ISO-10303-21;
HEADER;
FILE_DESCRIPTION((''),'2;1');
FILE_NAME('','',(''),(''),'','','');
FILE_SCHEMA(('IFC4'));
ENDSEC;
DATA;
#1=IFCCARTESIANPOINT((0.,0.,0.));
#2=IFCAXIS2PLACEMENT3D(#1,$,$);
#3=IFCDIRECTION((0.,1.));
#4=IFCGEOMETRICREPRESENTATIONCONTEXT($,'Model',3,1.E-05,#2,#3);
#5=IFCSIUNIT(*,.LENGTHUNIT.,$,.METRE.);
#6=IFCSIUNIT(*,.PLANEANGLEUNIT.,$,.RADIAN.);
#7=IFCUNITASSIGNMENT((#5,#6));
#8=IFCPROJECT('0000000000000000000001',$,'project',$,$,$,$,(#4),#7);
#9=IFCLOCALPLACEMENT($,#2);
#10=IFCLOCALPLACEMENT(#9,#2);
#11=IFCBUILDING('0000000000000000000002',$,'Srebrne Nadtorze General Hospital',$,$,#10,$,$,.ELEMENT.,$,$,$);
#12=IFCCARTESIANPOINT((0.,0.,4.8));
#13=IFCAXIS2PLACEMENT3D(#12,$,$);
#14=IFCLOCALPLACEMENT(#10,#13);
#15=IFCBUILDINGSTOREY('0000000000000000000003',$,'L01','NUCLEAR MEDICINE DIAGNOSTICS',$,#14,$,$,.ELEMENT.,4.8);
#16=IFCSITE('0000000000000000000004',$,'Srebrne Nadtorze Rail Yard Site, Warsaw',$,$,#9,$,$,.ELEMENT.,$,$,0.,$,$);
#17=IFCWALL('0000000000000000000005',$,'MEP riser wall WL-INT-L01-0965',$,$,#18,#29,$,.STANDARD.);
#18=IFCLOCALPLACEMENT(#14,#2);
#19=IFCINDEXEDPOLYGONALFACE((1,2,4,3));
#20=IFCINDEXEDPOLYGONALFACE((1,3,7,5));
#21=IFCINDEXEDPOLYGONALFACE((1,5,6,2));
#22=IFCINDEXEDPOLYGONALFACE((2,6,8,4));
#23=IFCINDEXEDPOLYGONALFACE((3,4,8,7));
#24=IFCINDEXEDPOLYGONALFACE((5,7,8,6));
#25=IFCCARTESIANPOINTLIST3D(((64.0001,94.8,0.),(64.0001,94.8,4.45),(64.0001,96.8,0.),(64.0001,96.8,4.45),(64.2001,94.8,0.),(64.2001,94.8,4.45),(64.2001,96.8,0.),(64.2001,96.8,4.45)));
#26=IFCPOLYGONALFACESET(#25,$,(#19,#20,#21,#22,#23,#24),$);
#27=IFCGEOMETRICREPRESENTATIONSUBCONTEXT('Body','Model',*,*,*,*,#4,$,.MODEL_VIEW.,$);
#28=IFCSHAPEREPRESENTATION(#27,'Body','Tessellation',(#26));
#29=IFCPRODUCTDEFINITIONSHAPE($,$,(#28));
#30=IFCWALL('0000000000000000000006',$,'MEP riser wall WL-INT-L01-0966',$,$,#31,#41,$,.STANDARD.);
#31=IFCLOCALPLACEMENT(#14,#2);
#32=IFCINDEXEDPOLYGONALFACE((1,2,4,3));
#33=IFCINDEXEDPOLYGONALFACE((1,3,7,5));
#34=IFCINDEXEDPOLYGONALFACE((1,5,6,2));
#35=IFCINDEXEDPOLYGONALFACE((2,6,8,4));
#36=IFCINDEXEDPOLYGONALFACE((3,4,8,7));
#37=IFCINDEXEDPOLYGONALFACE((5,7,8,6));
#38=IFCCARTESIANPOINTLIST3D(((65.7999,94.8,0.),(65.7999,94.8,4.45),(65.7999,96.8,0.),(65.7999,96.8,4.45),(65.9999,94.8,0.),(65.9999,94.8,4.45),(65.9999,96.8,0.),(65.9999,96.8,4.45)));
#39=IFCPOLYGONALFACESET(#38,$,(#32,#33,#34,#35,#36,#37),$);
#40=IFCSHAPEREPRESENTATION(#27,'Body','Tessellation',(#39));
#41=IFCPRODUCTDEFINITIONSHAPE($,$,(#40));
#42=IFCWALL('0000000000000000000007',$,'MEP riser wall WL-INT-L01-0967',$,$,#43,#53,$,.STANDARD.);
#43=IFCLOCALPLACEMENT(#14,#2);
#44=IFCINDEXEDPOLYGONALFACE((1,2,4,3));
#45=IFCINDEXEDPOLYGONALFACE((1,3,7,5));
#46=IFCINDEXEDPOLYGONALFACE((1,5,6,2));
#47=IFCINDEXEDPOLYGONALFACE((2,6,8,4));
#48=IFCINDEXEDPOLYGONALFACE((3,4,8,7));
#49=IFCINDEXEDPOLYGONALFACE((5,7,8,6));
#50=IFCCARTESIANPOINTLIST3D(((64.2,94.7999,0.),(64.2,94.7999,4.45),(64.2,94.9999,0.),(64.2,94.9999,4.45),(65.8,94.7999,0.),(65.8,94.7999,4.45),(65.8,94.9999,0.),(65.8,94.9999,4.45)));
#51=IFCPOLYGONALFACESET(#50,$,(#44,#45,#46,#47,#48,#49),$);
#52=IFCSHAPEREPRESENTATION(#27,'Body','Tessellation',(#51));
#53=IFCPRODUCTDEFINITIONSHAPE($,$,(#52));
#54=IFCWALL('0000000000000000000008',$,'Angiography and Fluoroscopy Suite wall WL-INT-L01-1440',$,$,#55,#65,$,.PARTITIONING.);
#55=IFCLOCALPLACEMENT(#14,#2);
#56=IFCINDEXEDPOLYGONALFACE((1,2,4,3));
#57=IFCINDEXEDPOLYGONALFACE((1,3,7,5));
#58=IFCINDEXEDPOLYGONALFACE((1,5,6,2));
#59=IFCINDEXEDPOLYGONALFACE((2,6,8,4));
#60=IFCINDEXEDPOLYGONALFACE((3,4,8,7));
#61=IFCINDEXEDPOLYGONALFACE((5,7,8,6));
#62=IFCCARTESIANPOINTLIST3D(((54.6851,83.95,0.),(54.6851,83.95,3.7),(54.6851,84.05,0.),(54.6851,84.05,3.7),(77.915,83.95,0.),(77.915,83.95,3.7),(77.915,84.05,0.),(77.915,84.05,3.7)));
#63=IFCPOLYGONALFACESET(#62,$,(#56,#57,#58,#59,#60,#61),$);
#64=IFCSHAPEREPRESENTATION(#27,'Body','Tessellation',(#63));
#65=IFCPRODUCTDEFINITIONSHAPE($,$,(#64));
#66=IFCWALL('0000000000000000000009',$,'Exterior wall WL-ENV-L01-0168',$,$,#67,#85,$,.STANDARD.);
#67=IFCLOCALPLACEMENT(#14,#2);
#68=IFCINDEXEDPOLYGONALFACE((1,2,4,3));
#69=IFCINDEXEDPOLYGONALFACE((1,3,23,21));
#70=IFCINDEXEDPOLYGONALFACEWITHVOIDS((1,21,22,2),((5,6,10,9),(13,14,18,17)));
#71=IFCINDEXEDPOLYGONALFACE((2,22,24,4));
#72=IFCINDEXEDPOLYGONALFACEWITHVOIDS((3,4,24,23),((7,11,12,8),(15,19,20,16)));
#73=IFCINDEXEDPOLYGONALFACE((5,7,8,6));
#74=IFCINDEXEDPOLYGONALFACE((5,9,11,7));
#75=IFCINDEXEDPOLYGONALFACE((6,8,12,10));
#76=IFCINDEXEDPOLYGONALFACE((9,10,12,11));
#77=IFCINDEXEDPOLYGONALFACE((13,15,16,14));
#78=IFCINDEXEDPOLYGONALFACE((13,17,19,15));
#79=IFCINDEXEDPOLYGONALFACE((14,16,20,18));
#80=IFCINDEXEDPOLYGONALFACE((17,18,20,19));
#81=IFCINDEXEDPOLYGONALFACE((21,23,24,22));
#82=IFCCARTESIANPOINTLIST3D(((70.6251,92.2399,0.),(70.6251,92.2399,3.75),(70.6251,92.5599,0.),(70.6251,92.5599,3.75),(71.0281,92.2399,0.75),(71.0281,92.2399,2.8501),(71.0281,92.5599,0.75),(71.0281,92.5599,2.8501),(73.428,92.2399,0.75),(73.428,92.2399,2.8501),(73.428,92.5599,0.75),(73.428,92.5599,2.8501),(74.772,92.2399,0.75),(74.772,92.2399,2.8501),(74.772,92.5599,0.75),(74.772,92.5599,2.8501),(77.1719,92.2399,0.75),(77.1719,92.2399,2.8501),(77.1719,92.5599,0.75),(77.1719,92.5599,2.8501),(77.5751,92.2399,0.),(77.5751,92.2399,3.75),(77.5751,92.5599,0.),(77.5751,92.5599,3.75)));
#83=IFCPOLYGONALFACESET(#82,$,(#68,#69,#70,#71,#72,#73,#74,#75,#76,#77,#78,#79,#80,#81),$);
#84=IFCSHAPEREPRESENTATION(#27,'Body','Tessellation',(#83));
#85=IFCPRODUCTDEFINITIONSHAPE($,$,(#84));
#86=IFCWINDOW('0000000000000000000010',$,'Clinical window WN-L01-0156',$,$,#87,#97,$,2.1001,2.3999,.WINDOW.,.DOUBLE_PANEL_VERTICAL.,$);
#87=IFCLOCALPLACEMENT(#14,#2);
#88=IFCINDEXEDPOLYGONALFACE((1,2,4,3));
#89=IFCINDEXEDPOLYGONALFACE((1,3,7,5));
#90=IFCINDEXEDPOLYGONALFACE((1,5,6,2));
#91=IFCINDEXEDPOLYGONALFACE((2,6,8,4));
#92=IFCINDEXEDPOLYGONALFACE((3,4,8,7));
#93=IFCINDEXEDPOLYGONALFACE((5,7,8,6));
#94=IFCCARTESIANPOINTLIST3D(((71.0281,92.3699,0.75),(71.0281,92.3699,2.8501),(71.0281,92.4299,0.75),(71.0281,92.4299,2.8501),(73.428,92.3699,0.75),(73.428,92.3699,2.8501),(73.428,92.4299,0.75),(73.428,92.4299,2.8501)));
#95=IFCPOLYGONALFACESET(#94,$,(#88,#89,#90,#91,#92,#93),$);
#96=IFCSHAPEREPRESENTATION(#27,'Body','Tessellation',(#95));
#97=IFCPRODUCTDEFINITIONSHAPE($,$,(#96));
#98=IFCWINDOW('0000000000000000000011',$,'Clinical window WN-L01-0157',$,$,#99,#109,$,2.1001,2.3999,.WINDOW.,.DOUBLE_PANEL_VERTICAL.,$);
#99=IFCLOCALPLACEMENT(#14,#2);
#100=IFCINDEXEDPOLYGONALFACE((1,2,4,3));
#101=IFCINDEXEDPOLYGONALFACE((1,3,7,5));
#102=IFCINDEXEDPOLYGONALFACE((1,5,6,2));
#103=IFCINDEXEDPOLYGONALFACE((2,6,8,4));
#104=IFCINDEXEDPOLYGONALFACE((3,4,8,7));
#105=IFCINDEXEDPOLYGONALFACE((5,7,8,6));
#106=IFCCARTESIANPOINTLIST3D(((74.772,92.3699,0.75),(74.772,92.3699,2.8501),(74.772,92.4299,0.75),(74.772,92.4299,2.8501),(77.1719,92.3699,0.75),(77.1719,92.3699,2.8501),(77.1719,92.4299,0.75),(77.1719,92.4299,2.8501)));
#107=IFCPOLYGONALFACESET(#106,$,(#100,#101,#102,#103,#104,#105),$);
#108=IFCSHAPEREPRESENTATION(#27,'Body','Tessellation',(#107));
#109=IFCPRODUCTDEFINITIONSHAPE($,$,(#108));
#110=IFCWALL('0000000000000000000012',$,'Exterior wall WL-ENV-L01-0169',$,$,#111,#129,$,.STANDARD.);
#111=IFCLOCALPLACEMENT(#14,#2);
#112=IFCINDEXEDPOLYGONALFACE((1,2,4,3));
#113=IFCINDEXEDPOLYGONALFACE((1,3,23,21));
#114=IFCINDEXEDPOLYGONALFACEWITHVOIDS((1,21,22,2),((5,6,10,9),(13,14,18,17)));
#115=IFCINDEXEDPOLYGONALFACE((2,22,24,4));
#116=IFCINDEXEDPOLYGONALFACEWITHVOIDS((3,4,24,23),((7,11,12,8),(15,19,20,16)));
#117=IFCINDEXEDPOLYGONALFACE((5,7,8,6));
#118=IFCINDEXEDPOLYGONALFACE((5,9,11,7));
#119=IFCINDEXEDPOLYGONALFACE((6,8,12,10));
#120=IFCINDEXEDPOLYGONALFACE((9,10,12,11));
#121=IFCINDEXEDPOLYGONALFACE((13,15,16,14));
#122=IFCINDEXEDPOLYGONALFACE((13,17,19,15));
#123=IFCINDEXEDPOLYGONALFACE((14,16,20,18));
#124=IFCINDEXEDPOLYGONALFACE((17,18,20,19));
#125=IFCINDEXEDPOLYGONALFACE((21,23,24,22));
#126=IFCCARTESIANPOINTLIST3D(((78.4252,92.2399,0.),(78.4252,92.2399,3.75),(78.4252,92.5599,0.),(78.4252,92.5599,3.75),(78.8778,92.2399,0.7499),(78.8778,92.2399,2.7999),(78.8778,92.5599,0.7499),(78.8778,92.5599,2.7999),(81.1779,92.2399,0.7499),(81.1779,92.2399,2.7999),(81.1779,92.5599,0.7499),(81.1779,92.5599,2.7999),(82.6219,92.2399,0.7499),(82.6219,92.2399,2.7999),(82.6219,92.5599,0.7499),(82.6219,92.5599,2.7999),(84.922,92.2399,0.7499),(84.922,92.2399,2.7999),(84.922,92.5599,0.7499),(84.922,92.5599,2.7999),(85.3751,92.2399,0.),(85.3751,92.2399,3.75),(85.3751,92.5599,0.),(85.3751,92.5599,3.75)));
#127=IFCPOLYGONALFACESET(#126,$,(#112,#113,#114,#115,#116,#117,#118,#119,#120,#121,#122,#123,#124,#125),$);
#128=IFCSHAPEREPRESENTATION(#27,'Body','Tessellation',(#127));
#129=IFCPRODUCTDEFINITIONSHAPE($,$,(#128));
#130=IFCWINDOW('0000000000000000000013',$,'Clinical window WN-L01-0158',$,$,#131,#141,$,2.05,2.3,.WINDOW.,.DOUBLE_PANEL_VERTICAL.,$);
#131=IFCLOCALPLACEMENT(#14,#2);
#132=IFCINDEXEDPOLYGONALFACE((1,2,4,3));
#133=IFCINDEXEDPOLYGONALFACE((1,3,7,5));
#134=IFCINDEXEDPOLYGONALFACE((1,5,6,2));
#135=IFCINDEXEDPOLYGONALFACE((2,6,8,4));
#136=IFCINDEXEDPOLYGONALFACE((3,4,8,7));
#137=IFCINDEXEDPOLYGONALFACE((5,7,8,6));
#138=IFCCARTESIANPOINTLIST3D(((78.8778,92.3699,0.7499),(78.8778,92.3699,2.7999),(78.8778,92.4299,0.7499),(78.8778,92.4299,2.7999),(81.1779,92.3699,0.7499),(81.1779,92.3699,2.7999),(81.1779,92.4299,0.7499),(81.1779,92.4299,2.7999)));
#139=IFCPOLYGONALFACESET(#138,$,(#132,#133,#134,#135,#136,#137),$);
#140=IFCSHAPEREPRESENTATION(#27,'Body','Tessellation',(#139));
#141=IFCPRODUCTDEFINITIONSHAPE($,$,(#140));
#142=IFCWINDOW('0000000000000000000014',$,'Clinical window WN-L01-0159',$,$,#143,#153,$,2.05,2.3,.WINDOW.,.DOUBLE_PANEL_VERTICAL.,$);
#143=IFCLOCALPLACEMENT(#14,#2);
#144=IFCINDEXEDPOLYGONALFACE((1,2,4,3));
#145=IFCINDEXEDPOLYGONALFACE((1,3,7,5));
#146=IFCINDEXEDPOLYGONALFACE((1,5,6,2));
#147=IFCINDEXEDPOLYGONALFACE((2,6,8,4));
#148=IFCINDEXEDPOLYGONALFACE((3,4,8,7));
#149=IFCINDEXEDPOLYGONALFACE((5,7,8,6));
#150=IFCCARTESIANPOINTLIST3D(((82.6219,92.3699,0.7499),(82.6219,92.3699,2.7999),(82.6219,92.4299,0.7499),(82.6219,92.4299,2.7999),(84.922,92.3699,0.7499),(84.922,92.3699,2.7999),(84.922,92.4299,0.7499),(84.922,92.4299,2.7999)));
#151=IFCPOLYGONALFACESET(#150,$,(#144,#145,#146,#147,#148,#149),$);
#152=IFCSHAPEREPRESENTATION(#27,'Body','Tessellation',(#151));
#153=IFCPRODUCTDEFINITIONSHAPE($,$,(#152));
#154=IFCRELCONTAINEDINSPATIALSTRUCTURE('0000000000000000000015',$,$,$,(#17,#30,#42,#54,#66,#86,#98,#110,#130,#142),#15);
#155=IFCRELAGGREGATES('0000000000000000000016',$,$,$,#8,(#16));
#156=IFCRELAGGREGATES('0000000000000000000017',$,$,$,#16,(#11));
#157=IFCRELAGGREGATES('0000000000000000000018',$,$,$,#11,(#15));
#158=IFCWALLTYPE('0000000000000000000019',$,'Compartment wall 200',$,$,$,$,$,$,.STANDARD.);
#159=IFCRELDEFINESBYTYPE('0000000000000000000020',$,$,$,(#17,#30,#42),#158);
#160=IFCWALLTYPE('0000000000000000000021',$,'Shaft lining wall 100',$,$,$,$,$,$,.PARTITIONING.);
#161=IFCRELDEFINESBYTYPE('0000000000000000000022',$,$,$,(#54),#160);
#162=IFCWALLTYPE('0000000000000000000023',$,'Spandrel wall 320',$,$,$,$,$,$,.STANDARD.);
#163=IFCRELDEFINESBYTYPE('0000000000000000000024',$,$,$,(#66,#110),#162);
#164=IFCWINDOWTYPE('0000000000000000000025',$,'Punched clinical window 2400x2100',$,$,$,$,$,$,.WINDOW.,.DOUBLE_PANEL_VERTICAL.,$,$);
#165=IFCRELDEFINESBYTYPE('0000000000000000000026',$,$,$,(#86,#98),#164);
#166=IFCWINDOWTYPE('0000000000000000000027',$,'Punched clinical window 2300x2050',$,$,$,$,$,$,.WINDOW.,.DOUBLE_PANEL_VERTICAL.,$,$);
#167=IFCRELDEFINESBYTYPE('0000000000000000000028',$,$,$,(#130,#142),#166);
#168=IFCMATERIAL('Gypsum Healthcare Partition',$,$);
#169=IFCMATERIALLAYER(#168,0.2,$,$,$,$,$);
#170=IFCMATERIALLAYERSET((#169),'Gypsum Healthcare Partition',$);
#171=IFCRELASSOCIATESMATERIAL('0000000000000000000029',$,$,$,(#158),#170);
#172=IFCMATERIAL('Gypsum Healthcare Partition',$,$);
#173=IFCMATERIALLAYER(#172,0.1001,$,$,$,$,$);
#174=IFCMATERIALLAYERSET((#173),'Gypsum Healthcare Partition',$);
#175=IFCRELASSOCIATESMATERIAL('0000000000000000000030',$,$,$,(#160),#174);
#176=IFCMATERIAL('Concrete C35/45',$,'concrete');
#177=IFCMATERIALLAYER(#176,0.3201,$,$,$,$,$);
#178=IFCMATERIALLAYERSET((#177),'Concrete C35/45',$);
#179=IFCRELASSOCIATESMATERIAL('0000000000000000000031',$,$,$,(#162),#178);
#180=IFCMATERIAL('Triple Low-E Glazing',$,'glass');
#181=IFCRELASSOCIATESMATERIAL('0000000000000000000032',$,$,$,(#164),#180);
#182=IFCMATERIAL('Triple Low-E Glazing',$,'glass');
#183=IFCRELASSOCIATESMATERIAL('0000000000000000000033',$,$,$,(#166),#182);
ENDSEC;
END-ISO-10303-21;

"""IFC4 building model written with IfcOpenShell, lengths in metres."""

from ifc_helpers import new_model, si_unit, direction, frame, frame_2d, origin, place, context, subcontext, project, spatial, rectangle, extrude, material, layer, layer_set, type_object, element, fill, save


model = new_model("IFC4")

# Units and contexts
model_context = context("Model", 3, precision=1e-05, world=origin(), true_north=direction((0.0, 1.0)))
body_context = subcontext(model_context, "Body", "Model", "MODEL_VIEW")
ifc_project = project(units=[si_unit("LENGTHUNIT", "METRE"), si_unit("PLANEANGLEUNIT", "RADIAN")], contexts=[model_context])

# Site, building, storey
site_placement = place(None, origin())
site = spatial("IfcSite", under=ifc_project, at=site_placement, Name="Srebrne Nadtorze Rail Yard Site, Warsaw", CompositionType="ELEMENT", RefElevation=0.0)
building_placement = place(site_placement, origin())
building = spatial("IfcBuilding", under=site, at=building_placement, Name="Srebrne Nadtorze General Hospital", CompositionType="ELEMENT")
storey_placement = place(building_placement, frame((0.0, 0.0, 4.8)))
storey = spatial("IfcBuildingStorey", under=building, at=storey_placement, Name="L01", Description="NUCLEAR MEDICINE DIAGNOSTICS", CompositionType="ELEMENT", Elevation=4.8)

# Walls
ifc_material_1 = material(Name="Gypsum Healthcare Partition")
ifc_layer_1 = layer(ifc_material_1, 0.2)
ifc_layer_set_1 = layer_set([ifc_layer_1], Name="Gypsum Healthcare Partition")
wall_type_1 = type_object("IfcWallType", Name="Compartment wall 200", PredefinedType="STANDARD", material=ifc_layer_set_1)
for number, where, z_axis, x_axis, name in (
    (1, (64.1001, 94.8, 0.0), (0.0, 0.0, 1.0), (0.0, 1.0, 0.0), "MEP riser wall WL-INT-L01-0965"),
    (2, (65.8999, 94.8, 0.0), (0.0, 0.0, 1.0), (0.0, 1.0, 0.0), "MEP riser wall WL-INT-L01-0966"),
):
    element("IfcWall", number, at=place(storey_placement, frame(where, z_axis=z_axis, x_axis=x_axis)), inside=storey, type_object=wall_type_1, Name=name, PredefinedType="STANDARD", context=body_context, shape_type="SweptSolid", body=[
        extrude(rectangle(XDim=2.0, YDim=0.2, at=frame_2d((1.0, 0.0))), origin(), (0.0, 0.0, 1.0), 4.45),
    ])
wall_1_placement = place(storey_placement, frame((64.2, 94.8999, 0.0), z_axis=(0.0, 0.0, 1.0), x_axis=(1.0, 0.0, 0.0)))
element("IfcWall", 3, at=wall_1_placement, inside=storey, type_object=wall_type_1, Name="MEP riser wall WL-INT-L01-0967", PredefinedType="STANDARD", context=body_context, shape_type="SweptSolid", body=[
    extrude(rectangle(XDim=1.6001, YDim=0.2, at=frame_2d((0.8, 0.0))), origin(), (0.0, 0.0, 1.0), 4.45),
])
ifc_material_2 = material(Name="Gypsum Healthcare Partition")
ifc_layer_2 = layer(ifc_material_2, 0.1001)
ifc_layer_set_2 = layer_set([ifc_layer_2], Name="Gypsum Healthcare Partition")
wall_type_2 = type_object("IfcWallType", Name="Shaft lining wall 100", PredefinedType="PARTITIONING", material=ifc_layer_set_2)
wall_2_placement = place(storey_placement, frame((54.6851, 84.0, 0.0), z_axis=(0.0, 0.0, 1.0), x_axis=(1.0, 0.0, 0.0)))
element("IfcWall", 4, at=wall_2_placement, inside=storey, type_object=wall_type_2, Name="Angiography and Fluoroscopy Suite wall WL-INT-L01-1440", PredefinedType="PARTITIONING", context=body_context, shape_type="SweptSolid", body=[
    extrude(rectangle(XDim=23.23, YDim=0.1001, at=frame_2d((11.615, 0.0))), origin(), (0.0, 0.0, 1.0), 3.7),
])

# Walls, openings, windows
ifc_material_3 = material(Name="Concrete C35/45", Category="concrete")
ifc_layer_3 = layer(ifc_material_3, 0.3201)
ifc_layer_set_3 = layer_set([ifc_layer_3], Name="Concrete C35/45")
wall_type_3 = type_object("IfcWallType", Name="Spandrel wall 320", PredefinedType="STANDARD", material=ifc_layer_set_3)
wall_3_placement = place(storey_placement, frame((70.625, 92.3999, 0.0), z_axis=(0.0, 0.0, 1.0), x_axis=(1.0, 0.0, 0.0)))
wall_3 = element("IfcWall", 5, at=wall_3_placement, inside=storey, type_object=wall_type_3, Name="Exterior wall WL-ENV-L01-0168", PredefinedType="STANDARD", context=body_context, shape_type="SweptSolid", body=[
    extrude(rectangle(XDim=6.95, YDim=0.3201, at=frame_2d((3.4751, 0.0))), origin(), (0.0, 0.0, 1.0), 3.75),
])
opening_1_placement = place(wall_3_placement, frame((0.4031, 0.0, 0.75)))
opening_1 = element("IfcOpeningElement", 6, at=opening_1_placement, cuts=wall_3, PredefinedType="OPENING", context=body_context, shape_type="SweptSolid", body=[
    extrude(rectangle(XDim=2.3999, YDim=2.1001, at=frame_2d((1.2, 1.05))), frame((0.0, 0.1719, 0.0), z_axis=(0.0, -1.0, 0.0), x_axis=(1.0, 0.0, 0.0)), (0.0, 0.0, 1.0), 0.344),
])
opening_2_placement = place(wall_3_placement, frame((4.147, 0.0, 0.75)))
opening_2 = element("IfcOpeningElement", 7, at=opening_2_placement, cuts=wall_3, PredefinedType="OPENING", context=body_context, shape_type="SweptSolid", body=[
    extrude(rectangle(XDim=2.3999, YDim=2.1001, at=frame_2d((1.2, 1.05))), frame((0.0, 0.1719, 0.0), z_axis=(0.0, -1.0, 0.0), x_axis=(1.0, 0.0, 0.0)), (0.0, 0.0, 1.0), 0.344),
])
ifc_material_4 = material(Name="Triple Low-E Glazing", Category="glass")
window_type_1 = type_object("IfcWindowType", Name="Punched clinical window 2400x2100", PartitioningType="DOUBLE_PANEL_VERTICAL", PredefinedType="WINDOW", material=ifc_material_4)
window_1_placement = place(opening_1_placement, origin())
window_1 = element("IfcWindow", 8, at=window_1_placement, inside=storey, type_object=window_type_1, Name="Clinical window WN-L01-0156", OverallHeight=2.1001, OverallWidth=2.3999, PartitioningType="DOUBLE_PANEL_VERTICAL", PredefinedType="WINDOW", context=body_context, shape_type="SweptSolid", body=[
    extrude(rectangle(XDim=2.3999, YDim=2.1001, at=frame_2d((1.2, 1.05))), frame((0.0, 0.03, 0.0), z_axis=(0.0, -1.0, 0.0), x_axis=(1.0, 0.0, 0.0)), (0.0, 0.0, 1.0), 0.0601),
])
fill(opening_1, window_1)
window_2_placement = place(opening_2_placement, origin())
window_2 = element("IfcWindow", 9, at=window_2_placement, inside=storey, type_object=window_type_1, Name="Clinical window WN-L01-0157", OverallHeight=2.1001, OverallWidth=2.3999, PartitioningType="DOUBLE_PANEL_VERTICAL", PredefinedType="WINDOW", context=body_context, shape_type="SweptSolid", body=[
    extrude(rectangle(XDim=2.3999, YDim=2.1001, at=frame_2d((1.2, 1.05))), frame((0.0, 0.03, 0.0), z_axis=(0.0, -1.0, 0.0), x_axis=(1.0, 0.0, 0.0)), (0.0, 0.0, 1.0), 0.0601),
])
fill(opening_2, window_2)
wall_4_placement = place(storey_placement, frame((78.425, 92.3999, 0.0), z_axis=(0.0, 0.0, 1.0), x_axis=(1.0, 0.0, 0.0)))
wall_4 = element("IfcWall", 10, at=wall_4_placement, inside=storey, type_object=wall_type_3, Name="Exterior wall WL-ENV-L01-0169", PredefinedType="STANDARD", context=body_context, shape_type="SweptSolid", body=[
    extrude(rectangle(XDim=6.95, YDim=0.3201, at=frame_2d((3.4751, 0.0))), origin(), (0.0, 0.0, 1.0), 3.75),
])
opening_3_placement = place(wall_4_placement, frame((0.4529, 0.0, 0.75)))
opening_3 = element("IfcOpeningElement", 11, at=opening_3_placement, cuts=wall_4, PredefinedType="OPENING", context=body_context, shape_type="SweptSolid", body=[
    extrude(rectangle(XDim=2.3, YDim=2.05, at=frame_2d((1.1499, 1.0249))), frame((0.0, 0.1719, 0.0), z_axis=(0.0, -1.0, 0.0), x_axis=(1.0, 0.0, 0.0)), (0.0, 0.0, 1.0), 0.344),
])
opening_4_placement = place(wall_4_placement, frame((4.197, 0.0, 0.75)))
opening_4 = element("IfcOpeningElement", 12, at=opening_4_placement, cuts=wall_4, PredefinedType="OPENING", context=body_context, shape_type="SweptSolid", body=[
    extrude(rectangle(XDim=2.3, YDim=2.05, at=frame_2d((1.1499, 1.0249))), frame((0.0, 0.1719, 0.0), z_axis=(0.0, -1.0, 0.0), x_axis=(1.0, 0.0, 0.0)), (0.0, 0.0, 1.0), 0.344),
])
ifc_material_5 = material(Name="Triple Low-E Glazing", Category="glass")
window_type_2 = type_object("IfcWindowType", Name="Punched clinical window 2300x2050", PartitioningType="DOUBLE_PANEL_VERTICAL", PredefinedType="WINDOW", material=ifc_material_5)
window_3_placement = place(opening_3_placement, origin())
window_3 = element("IfcWindow", 13, at=window_3_placement, inside=storey, type_object=window_type_2, Name="Clinical window WN-L01-0158", OverallHeight=2.05, OverallWidth=2.3, PartitioningType="DOUBLE_PANEL_VERTICAL", PredefinedType="WINDOW", context=body_context, shape_type="SweptSolid", body=[
    extrude(rectangle(XDim=2.3, YDim=2.05, at=frame_2d((1.1499, 1.0249))), frame((0.0, 0.03, 0.0), z_axis=(0.0, -1.0, 0.0), x_axis=(1.0, 0.0, 0.0)), (0.0, 0.0, 1.0), 0.0601),
])
fill(opening_3, window_3)
window_4_placement = place(opening_4_placement, origin())
window_4 = element("IfcWindow", 14, at=window_4_placement, inside=storey, type_object=window_type_2, Name="Clinical window WN-L01-0159", OverallHeight=2.05, OverallWidth=2.3, PartitioningType="DOUBLE_PANEL_VERTICAL", PredefinedType="WINDOW", context=body_context, shape_type="SweptSolid", body=[
    extrude(rectangle(XDim=2.3, YDim=2.05, at=frame_2d((1.1499, 1.0249))), frame((0.0, 0.03, 0.0), z_axis=(0.0, -1.0, 0.0), x_axis=(1.0, 0.0, 0.0)), (0.0, 0.0, 1.0), 0.0601),
])
fill(opening_4, window_4)

save(model, "model.ifc")
